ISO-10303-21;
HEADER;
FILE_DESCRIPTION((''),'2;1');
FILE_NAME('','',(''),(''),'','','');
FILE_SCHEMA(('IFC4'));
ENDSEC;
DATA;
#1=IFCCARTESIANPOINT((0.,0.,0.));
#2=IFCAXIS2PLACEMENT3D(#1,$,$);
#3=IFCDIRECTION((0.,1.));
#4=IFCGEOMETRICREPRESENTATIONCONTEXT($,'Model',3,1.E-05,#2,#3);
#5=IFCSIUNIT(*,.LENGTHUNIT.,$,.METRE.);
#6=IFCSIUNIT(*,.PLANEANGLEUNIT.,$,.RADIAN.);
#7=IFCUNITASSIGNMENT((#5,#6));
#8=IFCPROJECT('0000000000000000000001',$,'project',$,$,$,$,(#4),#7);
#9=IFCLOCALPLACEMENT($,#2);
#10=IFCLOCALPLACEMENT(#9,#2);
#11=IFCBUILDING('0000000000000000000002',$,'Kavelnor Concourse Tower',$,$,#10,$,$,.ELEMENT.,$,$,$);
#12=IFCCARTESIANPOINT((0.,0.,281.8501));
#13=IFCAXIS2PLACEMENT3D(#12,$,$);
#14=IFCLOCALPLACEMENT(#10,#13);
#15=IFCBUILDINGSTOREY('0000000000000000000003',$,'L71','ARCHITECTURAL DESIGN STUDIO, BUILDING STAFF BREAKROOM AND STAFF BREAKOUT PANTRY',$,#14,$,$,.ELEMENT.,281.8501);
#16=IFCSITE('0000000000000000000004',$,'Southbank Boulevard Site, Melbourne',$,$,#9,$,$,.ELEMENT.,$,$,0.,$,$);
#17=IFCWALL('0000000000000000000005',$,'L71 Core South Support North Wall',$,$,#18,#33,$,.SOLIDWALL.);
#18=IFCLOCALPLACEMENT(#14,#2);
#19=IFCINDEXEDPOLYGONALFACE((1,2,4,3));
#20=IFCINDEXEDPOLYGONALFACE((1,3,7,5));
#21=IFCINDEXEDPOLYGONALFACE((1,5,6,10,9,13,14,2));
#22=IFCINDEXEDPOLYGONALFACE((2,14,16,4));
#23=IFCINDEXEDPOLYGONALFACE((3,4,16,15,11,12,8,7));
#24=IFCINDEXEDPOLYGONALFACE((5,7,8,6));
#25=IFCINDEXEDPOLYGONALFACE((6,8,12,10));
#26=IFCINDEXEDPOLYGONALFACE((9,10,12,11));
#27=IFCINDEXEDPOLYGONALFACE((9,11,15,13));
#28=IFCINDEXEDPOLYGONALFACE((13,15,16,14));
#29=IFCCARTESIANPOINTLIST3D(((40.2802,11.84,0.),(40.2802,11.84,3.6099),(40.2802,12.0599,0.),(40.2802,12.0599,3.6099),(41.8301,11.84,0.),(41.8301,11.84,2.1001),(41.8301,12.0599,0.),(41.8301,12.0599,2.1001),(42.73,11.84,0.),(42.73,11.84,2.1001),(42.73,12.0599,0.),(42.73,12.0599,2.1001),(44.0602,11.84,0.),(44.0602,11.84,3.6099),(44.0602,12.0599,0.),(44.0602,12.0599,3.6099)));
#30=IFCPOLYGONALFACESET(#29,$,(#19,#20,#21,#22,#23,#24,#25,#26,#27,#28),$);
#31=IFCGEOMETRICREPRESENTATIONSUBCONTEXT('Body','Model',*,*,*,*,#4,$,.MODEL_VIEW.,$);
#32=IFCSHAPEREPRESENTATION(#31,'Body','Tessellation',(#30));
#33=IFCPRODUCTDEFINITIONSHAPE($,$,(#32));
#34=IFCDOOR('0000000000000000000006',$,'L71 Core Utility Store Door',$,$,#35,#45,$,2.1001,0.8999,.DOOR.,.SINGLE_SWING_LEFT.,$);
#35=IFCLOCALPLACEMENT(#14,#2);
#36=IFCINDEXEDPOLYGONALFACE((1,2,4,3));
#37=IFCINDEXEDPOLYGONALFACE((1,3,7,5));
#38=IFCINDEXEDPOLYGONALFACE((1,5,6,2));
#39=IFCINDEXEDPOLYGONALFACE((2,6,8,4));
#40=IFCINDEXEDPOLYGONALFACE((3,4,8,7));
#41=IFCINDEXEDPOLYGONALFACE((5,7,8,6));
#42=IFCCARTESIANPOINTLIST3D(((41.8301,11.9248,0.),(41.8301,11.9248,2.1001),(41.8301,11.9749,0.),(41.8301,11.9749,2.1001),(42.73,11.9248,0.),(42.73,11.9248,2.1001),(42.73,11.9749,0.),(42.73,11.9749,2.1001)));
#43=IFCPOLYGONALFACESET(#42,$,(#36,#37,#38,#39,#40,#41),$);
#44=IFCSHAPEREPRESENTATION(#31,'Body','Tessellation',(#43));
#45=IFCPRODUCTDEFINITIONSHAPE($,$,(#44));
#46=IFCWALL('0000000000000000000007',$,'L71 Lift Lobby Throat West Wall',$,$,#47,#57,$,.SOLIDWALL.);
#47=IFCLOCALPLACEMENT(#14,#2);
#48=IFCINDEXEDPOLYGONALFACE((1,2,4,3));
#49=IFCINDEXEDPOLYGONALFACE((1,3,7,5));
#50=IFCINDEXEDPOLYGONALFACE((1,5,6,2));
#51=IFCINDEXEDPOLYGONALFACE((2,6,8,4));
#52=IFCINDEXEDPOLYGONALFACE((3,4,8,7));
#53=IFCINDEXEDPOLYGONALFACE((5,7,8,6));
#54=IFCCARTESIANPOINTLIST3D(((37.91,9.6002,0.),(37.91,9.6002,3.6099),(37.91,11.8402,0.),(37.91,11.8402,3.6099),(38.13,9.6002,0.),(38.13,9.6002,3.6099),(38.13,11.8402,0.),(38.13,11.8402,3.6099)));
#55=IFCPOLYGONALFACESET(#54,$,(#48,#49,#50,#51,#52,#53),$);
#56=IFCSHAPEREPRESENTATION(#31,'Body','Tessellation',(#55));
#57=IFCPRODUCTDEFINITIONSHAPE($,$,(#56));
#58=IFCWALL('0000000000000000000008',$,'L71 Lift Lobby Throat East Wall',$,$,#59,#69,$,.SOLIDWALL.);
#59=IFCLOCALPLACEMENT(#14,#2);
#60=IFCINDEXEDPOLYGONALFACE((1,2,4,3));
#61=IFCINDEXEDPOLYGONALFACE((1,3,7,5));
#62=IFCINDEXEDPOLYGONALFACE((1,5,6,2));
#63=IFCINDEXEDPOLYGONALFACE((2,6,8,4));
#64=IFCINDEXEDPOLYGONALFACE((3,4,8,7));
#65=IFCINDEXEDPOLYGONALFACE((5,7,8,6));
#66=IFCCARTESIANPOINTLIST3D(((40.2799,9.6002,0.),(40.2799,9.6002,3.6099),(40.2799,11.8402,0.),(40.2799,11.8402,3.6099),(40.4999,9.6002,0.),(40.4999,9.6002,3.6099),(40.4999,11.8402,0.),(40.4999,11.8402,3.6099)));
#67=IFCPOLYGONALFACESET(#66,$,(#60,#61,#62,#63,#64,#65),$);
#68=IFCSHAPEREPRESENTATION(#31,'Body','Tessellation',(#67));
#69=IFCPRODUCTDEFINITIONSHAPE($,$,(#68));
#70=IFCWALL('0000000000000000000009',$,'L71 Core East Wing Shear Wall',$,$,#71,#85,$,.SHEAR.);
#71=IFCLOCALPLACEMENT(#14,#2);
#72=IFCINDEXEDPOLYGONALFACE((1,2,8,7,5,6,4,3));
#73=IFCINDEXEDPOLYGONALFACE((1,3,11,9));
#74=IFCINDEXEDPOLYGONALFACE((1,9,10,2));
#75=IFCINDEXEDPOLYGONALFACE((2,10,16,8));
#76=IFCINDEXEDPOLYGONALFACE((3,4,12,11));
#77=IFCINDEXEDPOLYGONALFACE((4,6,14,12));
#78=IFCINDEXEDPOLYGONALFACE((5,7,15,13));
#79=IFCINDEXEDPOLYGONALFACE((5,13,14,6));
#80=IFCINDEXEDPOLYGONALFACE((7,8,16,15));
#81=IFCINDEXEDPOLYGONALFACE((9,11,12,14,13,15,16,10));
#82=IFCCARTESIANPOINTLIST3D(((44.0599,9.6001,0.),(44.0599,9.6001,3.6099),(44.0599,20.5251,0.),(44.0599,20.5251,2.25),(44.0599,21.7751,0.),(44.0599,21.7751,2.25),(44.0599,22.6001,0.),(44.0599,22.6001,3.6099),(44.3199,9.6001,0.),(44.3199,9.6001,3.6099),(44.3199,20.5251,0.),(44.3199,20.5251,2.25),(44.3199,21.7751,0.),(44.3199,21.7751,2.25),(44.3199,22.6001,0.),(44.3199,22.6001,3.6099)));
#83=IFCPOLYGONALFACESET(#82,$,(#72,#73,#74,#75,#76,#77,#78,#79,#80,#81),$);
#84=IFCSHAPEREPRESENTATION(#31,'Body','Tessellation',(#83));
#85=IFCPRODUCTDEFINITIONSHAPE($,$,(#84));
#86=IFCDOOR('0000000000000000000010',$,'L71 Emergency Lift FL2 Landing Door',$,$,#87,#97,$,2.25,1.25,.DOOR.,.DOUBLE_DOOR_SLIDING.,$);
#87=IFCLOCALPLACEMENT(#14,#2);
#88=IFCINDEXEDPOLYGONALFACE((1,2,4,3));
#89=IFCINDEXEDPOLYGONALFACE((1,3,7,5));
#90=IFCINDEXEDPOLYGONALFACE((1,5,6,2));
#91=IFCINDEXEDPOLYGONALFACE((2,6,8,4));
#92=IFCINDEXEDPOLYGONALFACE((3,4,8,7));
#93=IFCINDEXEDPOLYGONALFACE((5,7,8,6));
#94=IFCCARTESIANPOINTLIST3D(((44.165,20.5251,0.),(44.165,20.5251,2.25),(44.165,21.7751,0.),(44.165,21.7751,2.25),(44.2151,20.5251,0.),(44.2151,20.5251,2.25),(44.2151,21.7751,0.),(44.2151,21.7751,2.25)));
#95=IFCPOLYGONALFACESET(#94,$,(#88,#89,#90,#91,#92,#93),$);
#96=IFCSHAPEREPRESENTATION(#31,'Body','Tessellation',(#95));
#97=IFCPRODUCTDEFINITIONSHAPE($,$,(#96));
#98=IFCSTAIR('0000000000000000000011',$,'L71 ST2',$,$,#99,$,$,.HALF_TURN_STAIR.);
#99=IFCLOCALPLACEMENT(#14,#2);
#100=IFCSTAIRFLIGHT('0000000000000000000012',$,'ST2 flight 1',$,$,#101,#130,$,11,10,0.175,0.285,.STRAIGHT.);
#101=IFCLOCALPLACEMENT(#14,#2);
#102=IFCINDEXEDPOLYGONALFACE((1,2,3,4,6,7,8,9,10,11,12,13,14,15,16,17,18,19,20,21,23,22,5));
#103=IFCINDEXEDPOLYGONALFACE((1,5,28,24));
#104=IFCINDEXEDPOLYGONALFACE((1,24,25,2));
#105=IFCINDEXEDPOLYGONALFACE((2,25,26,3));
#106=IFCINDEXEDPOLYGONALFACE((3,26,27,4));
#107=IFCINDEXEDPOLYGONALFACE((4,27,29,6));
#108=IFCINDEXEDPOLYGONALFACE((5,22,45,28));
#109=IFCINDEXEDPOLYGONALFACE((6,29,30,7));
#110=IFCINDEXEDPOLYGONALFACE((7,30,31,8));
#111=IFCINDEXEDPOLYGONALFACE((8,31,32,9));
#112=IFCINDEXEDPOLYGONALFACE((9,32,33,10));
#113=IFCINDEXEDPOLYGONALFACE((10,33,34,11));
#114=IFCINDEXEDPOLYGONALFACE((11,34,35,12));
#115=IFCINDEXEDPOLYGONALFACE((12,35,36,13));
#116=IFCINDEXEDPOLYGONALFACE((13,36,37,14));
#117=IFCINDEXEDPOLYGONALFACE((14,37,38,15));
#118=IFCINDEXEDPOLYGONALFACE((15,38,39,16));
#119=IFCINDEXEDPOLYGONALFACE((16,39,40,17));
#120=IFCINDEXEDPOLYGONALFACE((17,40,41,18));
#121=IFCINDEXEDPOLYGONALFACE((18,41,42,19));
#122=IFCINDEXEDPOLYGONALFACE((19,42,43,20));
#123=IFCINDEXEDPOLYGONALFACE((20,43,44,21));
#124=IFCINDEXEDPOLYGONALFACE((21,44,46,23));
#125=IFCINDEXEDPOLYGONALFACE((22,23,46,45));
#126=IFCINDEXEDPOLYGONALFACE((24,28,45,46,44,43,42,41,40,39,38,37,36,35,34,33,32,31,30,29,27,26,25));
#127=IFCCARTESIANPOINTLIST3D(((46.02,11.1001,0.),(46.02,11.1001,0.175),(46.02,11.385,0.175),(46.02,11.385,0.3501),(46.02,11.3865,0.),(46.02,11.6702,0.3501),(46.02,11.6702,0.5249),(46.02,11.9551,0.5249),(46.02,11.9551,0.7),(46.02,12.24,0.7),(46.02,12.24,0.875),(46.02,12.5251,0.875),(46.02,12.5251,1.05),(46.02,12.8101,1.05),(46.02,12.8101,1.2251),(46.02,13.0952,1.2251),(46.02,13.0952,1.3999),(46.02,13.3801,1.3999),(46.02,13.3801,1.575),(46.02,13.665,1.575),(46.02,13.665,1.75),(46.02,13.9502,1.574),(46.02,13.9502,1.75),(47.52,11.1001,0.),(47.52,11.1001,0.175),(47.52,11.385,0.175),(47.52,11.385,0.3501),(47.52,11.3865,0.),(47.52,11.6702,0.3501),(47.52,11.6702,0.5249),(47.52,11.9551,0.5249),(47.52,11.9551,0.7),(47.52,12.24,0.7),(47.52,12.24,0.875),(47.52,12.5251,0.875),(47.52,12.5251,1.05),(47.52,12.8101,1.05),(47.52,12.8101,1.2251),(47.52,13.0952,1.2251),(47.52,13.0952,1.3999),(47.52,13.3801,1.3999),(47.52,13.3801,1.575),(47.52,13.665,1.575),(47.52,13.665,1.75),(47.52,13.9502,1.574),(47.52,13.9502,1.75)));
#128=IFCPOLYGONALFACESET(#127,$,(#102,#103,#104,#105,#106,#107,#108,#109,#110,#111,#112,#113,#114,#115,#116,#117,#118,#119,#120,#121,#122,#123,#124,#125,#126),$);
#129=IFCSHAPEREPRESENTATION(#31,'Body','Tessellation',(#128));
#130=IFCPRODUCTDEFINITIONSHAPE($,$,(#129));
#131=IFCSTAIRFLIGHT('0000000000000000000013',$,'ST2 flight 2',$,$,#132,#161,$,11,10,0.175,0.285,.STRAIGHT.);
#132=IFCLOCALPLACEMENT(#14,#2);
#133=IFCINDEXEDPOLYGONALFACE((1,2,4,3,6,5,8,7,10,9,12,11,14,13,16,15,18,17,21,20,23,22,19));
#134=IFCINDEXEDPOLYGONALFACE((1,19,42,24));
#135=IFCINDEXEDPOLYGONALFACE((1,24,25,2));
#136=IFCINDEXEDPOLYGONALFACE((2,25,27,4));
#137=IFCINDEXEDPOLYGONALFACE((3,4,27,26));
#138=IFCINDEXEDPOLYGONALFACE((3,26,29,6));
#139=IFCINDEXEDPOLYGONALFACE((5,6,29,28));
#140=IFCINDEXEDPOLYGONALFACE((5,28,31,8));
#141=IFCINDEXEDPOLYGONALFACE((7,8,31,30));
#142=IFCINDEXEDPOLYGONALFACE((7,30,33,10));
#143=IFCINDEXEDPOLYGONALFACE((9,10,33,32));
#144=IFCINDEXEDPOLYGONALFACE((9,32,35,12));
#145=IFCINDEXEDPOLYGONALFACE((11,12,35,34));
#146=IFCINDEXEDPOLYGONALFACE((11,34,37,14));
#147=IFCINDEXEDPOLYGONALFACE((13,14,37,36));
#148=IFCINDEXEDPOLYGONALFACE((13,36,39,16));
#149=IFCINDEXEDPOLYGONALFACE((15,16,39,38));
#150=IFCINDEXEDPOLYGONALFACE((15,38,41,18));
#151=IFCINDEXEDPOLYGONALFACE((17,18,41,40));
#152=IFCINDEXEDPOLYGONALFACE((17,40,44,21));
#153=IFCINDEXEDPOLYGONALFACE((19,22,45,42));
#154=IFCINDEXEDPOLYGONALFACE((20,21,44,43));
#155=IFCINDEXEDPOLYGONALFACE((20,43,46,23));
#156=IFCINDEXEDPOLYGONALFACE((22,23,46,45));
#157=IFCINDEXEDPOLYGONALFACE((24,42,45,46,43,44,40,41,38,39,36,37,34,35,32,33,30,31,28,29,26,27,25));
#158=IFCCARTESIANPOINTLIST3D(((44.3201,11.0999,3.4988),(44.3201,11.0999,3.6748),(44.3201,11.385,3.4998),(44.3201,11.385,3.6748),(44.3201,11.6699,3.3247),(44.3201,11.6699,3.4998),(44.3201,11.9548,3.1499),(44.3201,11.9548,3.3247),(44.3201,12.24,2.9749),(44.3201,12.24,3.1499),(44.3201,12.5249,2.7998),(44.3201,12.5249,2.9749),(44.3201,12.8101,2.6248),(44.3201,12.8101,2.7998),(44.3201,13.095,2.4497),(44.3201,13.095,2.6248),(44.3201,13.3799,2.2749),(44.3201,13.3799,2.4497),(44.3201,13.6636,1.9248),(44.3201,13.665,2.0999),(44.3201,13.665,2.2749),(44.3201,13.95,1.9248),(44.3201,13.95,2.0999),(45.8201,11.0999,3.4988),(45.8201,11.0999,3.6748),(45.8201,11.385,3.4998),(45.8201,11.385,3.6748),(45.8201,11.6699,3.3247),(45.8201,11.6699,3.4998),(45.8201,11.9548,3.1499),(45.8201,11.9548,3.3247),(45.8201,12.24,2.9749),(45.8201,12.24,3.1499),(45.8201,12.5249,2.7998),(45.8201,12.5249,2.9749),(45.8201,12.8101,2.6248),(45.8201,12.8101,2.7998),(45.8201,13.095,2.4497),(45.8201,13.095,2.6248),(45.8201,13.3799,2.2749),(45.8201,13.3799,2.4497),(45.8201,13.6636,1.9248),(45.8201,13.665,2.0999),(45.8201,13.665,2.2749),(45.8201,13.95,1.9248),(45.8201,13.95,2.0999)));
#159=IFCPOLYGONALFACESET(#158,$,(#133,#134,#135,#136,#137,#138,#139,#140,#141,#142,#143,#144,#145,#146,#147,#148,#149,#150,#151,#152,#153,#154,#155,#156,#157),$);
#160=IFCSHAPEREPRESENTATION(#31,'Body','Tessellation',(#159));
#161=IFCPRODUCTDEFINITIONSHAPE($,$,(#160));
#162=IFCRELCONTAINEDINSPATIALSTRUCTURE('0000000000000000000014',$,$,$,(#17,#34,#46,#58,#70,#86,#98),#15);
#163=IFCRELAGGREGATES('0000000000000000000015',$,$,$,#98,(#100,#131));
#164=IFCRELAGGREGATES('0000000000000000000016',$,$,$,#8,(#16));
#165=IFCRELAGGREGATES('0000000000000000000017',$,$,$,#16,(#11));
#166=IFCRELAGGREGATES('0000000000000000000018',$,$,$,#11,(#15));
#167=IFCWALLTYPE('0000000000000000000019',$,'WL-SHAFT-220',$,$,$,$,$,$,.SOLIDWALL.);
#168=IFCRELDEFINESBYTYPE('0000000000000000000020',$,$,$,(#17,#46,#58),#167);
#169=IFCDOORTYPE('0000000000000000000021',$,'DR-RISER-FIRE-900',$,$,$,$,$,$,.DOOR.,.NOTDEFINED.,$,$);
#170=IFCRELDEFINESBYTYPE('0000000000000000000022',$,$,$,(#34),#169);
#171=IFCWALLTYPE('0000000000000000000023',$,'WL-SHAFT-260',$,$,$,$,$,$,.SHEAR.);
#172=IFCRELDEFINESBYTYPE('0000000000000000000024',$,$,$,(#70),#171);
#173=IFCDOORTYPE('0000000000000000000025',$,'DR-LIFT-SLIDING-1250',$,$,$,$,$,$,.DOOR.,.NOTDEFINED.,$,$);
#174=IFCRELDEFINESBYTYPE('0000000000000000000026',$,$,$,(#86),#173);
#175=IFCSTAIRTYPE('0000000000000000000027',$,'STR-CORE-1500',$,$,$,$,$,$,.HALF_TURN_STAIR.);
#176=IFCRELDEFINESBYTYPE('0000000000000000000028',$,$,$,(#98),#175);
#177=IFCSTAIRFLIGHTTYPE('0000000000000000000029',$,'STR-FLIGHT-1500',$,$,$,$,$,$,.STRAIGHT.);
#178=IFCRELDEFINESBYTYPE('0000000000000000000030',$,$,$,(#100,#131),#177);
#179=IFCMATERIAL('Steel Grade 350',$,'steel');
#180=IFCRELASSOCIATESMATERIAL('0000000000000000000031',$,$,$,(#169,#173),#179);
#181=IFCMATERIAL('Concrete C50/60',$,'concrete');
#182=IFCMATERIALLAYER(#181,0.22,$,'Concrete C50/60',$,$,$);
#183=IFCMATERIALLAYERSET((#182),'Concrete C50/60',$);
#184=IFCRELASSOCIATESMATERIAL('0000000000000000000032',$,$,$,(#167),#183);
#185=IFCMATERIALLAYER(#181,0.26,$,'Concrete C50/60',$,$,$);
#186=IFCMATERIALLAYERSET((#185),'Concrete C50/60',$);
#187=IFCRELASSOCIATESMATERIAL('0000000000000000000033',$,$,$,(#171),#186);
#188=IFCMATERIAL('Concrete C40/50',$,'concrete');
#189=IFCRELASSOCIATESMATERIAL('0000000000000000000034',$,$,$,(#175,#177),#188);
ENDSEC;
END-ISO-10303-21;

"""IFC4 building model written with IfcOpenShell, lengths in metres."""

from ifc_helpers import new_model, si_unit, direction, frame, frame_2d, origin, place, context, subcontext, project, spatial, polyline, rectangle, outline, extrude, material, layer, layer_set, type_object, element, fill, aggregate, save


model = new_model("IFC4")

# Units and contexts
model_context = context("Model", 3, precision=1e-05, world=origin(), true_north=direction((0.0, 1.0)))
body_context = subcontext(model_context, "Body", "Model", "MODEL_VIEW")
ifc_project = project(units=[si_unit("LENGTHUNIT", "METRE"), si_unit("PLANEANGLEUNIT", "RADIAN")], contexts=[model_context])

# Site, building, storey
site_placement = place(None, origin())
site = spatial("IfcSite", under=ifc_project, at=site_placement, Name="Southbank Boulevard Site, Melbourne", CompositionType="ELEMENT", RefElevation=0.0)
building_placement = place(site_placement, origin())
building = spatial("IfcBuilding", under=site, at=building_placement, Name="Kavelnor Concourse Tower", CompositionType="ELEMENT")
storey_placement = place(building_placement, frame((0.0, 0.0, 281.8501)))
storey = spatial("IfcBuildingStorey", under=building, at=storey_placement, Name="L71", Description="ARCHITECTURAL DESIGN STUDIO, BUILDING STAFF BREAKROOM AND STAFF BREAKOUT PANTRY", CompositionType="ELEMENT", Elevation=281.8501)

# Shared definitions
ifc_material_1 = material(Name="Steel Grade 350", Category="steel")

# Shared definitions
ifc_material_2 = material(Name="Concrete C50/60", Category="concrete")
door_type_1 = type_object("IfcDoorType", Name="DR-RISER-FIRE-900", OperationType="NOTDEFINED", PredefinedType="DOOR", material=ifc_material_1)

# Wall, opening, door
ifc_layer_1 = layer(ifc_material_2, 0.22, Name="Concrete C50/60")
ifc_layer_set_1 = layer_set([ifc_layer_1], Name="Concrete C50/60")
wall_type_1 = type_object("IfcWallType", Name="WL-SHAFT-220", PredefinedType="SOLIDWALL", material=ifc_layer_set_1)
wall_1_placement = place(storey_placement, frame((40.28, 11.95, 0.0), z_axis=(0.0, 0.0, 1.0), x_axis=(1.0, 0.0, 0.0)))
wall_1 = element("IfcWall", 1, at=wall_1_placement, inside=storey, type_object=wall_type_1, Name="L71 Core South Support North Wall", PredefinedType="SOLIDWALL", context=body_context, shape_type="SweptSolid", body=[
    extrude(rectangle(XDim=3.78, YDim=0.22, at=frame_2d((1.8901, 0.0))), origin(), (0.0, 0.0, 1.0), 3.6099),
])
opening_1_placement = place(wall_1_placement, frame((1.55, 0.0, 0.0)))
opening_1 = element("IfcOpeningElement", 2, at=opening_1_placement, cuts=wall_1, PredefinedType="OPENING", context=body_context, shape_type="SweptSolid", body=[
    extrude(rectangle(XDim=0.8999, YDim=2.1001, at=frame_2d((0.45, 1.05))), frame((0.0, 0.1201, 0.0), z_axis=(0.0, -1.0, 0.0), x_axis=(1.0, 0.0, 0.0)), (0.0, 0.0, 1.0), 0.24),
])
door_1_placement = place(opening_1_placement, origin())
door_1 = element("IfcDoor", 3, at=door_1_placement, inside=storey, type_object=door_type_1, Name="L71 Core Utility Store Door", OperationType="SINGLE_SWING_LEFT", OverallHeight=2.1001, OverallWidth=0.8999, PredefinedType="DOOR", context=body_context, shape_type="SweptSolid", body=[
    extrude(rectangle(XDim=0.8999, YDim=2.1001, at=frame_2d((0.45, 1.05))), frame((0.0, 0.0249, 0.0), z_axis=(0.0, -1.0, 0.0), x_axis=(1.0, 0.0, 0.0)), (0.0, 0.0, 1.0), 0.05),
])
fill(opening_1, door_1)

# Walls
for number, where, z_axis, x_axis, name in (
    (4, (38.02, 9.6001, 0.0), (0.0, 0.0, 1.0), (0.0, 1.0, 0.0), "L71 Lift Lobby Throat West Wall"),
    (5, (40.3899, 9.6001, 0.0), (0.0, 0.0, 1.0), (0.0, 1.0, 0.0), "L71 Lift Lobby Throat East Wall"),
):
    element("IfcWall", number, at=place(storey_placement, frame(where, z_axis=z_axis, x_axis=x_axis)), inside=storey, type_object=wall_type_1, Name=name, PredefinedType="SOLIDWALL", context=body_context, shape_type="SweptSolid", body=[
        extrude(rectangle(XDim=2.24, YDim=0.22, at=frame_2d((1.1201, 0.0))), origin(), (0.0, 0.0, 1.0), 3.6099),
    ])

# Wall, opening, door
ifc_layer_2 = layer(ifc_material_2, 0.26, Name="Concrete C50/60")
ifc_layer_set_2 = layer_set([ifc_layer_2], Name="Concrete C50/60")
wall_type_2 = type_object("IfcWallType", Name="WL-SHAFT-260", PredefinedType="SHEAR", material=ifc_layer_set_2)
wall_2_placement = place(storey_placement, frame((44.1899, 9.6001, 0.0), z_axis=(0.0, 0.0, 1.0), x_axis=(0.0, 1.0, 0.0)))
wall_2 = element("IfcWall", 6, at=wall_2_placement, inside=storey, type_object=wall_type_2, Name="L71 Core East Wing Shear Wall", PredefinedType="SHEAR", context=body_context, shape_type="SweptSolid", body=[
    extrude(rectangle(XDim=13.0, YDim=0.26, at=frame_2d((6.5, 0.0))), origin(), (0.0, 0.0, 1.0), 3.6099),
])
opening_2_placement = place(wall_2_placement, frame((10.925, 0.0, 0.0)))
opening_2 = element("IfcOpeningElement", 7, at=opening_2_placement, cuts=wall_2, PredefinedType="OPENING", context=body_context, shape_type="SweptSolid", body=[
    extrude(rectangle(XDim=1.25, YDim=2.25, at=frame_2d((0.625, 1.125))), frame((0.0, 0.1401, 0.0), z_axis=(0.0, -1.0, 0.0), x_axis=(1.0, 0.0, 0.0)), (0.0, 0.0, 1.0), 0.28),
])
door_type_2 = type_object("IfcDoorType", Name="DR-LIFT-SLIDING-1250", OperationType="NOTDEFINED", PredefinedType="DOOR", material=ifc_material_1)
door_2_placement = place(opening_2_placement, origin())
door_2 = element("IfcDoor", 8, at=door_2_placement, inside=storey, type_object=door_type_2, Name="L71 Emergency Lift FL2 Landing Door", OperationType="DOUBLE_DOOR_SLIDING", OverallHeight=2.25, OverallWidth=1.25, PredefinedType="DOOR", context=body_context, shape_type="SweptSolid", body=[
    extrude(rectangle(XDim=1.25, YDim=2.25, at=frame_2d((0.625, 1.125))), frame((0.0, 0.0249, 0.0), z_axis=(0.0, -1.0, 0.0), x_axis=(1.0, 0.0, 0.0)), (0.0, 0.0, 1.0), 0.05),
])
fill(opening_2, door_2)

# Stair, stair flights
ifc_material_3 = material(Name="Concrete C40/50", Category="concrete")
stair_type = type_object("IfcStairType", Name="STR-CORE-1500", PredefinedType="HALF_TURN_STAIR", material=ifc_material_3)
stair_placement = place(storey_placement, origin())
stair = element("IfcStair", 9, at=stair_placement, inside=storey, type_object=stair_type, Name="L71 ST2", PredefinedType="HALF_TURN_STAIR")
stair_flight_type = type_object("IfcStairFlightType", Name="STR-FLIGHT-1500", PredefinedType="STRAIGHT", material=ifc_material_3)
stair_flight_1_placement = place(storey_placement, frame((46.77, 11.1001, 0.0), z_axis=(0.0, 0.0, 1.0), x_axis=(0.0, 1.0, 0.0)))
stair_flight_1 = element("IfcStairFlight", 10, at=stair_flight_1_placement, type_object=stair_flight_type, Name="ST2 flight 1", NumberOfRisers=11, NumberOfTreads=10, PredefinedType="STRAIGHT", RiserHeight=0.175, TreadLength=0.285, context=body_context, shape_type="SweptSolid", body=[
    extrude(outline(polyline([(0.0, 0.0), (0.0, 0.175), (0.2849, 0.175), (0.2849, 0.3501), (0.5701, 0.3501), (0.5701, 0.5249), (0.855, 0.5249), (0.855, 0.7), (1.1399, 0.7), (1.1399, 0.875), (1.425, 0.875), (1.425, 1.05), (1.71, 1.05), (1.71, 1.2251), (1.9951, 1.2251), (1.9951, 1.3999), (2.28, 1.3999), (2.28, 1.575), (2.5649, 1.575), (2.5649, 1.75), (2.8501, 1.75), (2.8501, 1.925), (2.8501, 1.574), (0.2864, 0.0), (0.0, 0.0)])), frame((0.0, 0.75, 0.0), z_axis=(0.0, -1.0, 0.0), x_axis=(1.0, 0.0, 0.0)), (0.0, 0.0, 1.0), 1.5),
])
stair_flight_2_placement = place(storey_placement, frame((45.0701, 13.95, 1.9248), z_axis=(0.0, 0.0, 1.0), x_axis=(0.0, -1.0, 0.0)))
stair_flight_2 = element("IfcStairFlight", 11, at=stair_flight_2_placement, type_object=stair_flight_type, Name="ST2 flight 2", NumberOfRisers=11, NumberOfTreads=10, PredefinedType="STRAIGHT", RiserHeight=0.175, TreadLength=0.285, context=body_context, shape_type="SweptSolid", body=[
    extrude(outline(polyline([(0.0, 0.0), (0.0, 0.175), (0.2849, 0.175), (0.2849, 0.3501), (0.5701, 0.3501), (0.5701, 0.5249), (0.855, 0.5249), (0.855, 0.7), (1.1399, 0.7), (1.1399, 0.875), (1.425, 0.875), (1.425, 1.05), (1.71, 1.05), (1.71, 1.2251), (1.9951, 1.2251), (1.9951, 1.3999), (2.28, 1.3999), (2.28, 1.575), (2.5649, 1.575), (2.5649, 1.75), (2.8501, 1.75), (2.8501, 1.925), (2.8501, 1.574), (0.2864, 0.0), (0.0, 0.0)])), frame((0.0, 0.75, 0.0), z_axis=(0.0, -1.0, 0.0), x_axis=(1.0, 0.0, 0.0)), (0.0, 0.0, 1.0), 1.5),
])
aggregate(stair, [stair_flight_1, stair_flight_2])

save(model, "model.ifc")
